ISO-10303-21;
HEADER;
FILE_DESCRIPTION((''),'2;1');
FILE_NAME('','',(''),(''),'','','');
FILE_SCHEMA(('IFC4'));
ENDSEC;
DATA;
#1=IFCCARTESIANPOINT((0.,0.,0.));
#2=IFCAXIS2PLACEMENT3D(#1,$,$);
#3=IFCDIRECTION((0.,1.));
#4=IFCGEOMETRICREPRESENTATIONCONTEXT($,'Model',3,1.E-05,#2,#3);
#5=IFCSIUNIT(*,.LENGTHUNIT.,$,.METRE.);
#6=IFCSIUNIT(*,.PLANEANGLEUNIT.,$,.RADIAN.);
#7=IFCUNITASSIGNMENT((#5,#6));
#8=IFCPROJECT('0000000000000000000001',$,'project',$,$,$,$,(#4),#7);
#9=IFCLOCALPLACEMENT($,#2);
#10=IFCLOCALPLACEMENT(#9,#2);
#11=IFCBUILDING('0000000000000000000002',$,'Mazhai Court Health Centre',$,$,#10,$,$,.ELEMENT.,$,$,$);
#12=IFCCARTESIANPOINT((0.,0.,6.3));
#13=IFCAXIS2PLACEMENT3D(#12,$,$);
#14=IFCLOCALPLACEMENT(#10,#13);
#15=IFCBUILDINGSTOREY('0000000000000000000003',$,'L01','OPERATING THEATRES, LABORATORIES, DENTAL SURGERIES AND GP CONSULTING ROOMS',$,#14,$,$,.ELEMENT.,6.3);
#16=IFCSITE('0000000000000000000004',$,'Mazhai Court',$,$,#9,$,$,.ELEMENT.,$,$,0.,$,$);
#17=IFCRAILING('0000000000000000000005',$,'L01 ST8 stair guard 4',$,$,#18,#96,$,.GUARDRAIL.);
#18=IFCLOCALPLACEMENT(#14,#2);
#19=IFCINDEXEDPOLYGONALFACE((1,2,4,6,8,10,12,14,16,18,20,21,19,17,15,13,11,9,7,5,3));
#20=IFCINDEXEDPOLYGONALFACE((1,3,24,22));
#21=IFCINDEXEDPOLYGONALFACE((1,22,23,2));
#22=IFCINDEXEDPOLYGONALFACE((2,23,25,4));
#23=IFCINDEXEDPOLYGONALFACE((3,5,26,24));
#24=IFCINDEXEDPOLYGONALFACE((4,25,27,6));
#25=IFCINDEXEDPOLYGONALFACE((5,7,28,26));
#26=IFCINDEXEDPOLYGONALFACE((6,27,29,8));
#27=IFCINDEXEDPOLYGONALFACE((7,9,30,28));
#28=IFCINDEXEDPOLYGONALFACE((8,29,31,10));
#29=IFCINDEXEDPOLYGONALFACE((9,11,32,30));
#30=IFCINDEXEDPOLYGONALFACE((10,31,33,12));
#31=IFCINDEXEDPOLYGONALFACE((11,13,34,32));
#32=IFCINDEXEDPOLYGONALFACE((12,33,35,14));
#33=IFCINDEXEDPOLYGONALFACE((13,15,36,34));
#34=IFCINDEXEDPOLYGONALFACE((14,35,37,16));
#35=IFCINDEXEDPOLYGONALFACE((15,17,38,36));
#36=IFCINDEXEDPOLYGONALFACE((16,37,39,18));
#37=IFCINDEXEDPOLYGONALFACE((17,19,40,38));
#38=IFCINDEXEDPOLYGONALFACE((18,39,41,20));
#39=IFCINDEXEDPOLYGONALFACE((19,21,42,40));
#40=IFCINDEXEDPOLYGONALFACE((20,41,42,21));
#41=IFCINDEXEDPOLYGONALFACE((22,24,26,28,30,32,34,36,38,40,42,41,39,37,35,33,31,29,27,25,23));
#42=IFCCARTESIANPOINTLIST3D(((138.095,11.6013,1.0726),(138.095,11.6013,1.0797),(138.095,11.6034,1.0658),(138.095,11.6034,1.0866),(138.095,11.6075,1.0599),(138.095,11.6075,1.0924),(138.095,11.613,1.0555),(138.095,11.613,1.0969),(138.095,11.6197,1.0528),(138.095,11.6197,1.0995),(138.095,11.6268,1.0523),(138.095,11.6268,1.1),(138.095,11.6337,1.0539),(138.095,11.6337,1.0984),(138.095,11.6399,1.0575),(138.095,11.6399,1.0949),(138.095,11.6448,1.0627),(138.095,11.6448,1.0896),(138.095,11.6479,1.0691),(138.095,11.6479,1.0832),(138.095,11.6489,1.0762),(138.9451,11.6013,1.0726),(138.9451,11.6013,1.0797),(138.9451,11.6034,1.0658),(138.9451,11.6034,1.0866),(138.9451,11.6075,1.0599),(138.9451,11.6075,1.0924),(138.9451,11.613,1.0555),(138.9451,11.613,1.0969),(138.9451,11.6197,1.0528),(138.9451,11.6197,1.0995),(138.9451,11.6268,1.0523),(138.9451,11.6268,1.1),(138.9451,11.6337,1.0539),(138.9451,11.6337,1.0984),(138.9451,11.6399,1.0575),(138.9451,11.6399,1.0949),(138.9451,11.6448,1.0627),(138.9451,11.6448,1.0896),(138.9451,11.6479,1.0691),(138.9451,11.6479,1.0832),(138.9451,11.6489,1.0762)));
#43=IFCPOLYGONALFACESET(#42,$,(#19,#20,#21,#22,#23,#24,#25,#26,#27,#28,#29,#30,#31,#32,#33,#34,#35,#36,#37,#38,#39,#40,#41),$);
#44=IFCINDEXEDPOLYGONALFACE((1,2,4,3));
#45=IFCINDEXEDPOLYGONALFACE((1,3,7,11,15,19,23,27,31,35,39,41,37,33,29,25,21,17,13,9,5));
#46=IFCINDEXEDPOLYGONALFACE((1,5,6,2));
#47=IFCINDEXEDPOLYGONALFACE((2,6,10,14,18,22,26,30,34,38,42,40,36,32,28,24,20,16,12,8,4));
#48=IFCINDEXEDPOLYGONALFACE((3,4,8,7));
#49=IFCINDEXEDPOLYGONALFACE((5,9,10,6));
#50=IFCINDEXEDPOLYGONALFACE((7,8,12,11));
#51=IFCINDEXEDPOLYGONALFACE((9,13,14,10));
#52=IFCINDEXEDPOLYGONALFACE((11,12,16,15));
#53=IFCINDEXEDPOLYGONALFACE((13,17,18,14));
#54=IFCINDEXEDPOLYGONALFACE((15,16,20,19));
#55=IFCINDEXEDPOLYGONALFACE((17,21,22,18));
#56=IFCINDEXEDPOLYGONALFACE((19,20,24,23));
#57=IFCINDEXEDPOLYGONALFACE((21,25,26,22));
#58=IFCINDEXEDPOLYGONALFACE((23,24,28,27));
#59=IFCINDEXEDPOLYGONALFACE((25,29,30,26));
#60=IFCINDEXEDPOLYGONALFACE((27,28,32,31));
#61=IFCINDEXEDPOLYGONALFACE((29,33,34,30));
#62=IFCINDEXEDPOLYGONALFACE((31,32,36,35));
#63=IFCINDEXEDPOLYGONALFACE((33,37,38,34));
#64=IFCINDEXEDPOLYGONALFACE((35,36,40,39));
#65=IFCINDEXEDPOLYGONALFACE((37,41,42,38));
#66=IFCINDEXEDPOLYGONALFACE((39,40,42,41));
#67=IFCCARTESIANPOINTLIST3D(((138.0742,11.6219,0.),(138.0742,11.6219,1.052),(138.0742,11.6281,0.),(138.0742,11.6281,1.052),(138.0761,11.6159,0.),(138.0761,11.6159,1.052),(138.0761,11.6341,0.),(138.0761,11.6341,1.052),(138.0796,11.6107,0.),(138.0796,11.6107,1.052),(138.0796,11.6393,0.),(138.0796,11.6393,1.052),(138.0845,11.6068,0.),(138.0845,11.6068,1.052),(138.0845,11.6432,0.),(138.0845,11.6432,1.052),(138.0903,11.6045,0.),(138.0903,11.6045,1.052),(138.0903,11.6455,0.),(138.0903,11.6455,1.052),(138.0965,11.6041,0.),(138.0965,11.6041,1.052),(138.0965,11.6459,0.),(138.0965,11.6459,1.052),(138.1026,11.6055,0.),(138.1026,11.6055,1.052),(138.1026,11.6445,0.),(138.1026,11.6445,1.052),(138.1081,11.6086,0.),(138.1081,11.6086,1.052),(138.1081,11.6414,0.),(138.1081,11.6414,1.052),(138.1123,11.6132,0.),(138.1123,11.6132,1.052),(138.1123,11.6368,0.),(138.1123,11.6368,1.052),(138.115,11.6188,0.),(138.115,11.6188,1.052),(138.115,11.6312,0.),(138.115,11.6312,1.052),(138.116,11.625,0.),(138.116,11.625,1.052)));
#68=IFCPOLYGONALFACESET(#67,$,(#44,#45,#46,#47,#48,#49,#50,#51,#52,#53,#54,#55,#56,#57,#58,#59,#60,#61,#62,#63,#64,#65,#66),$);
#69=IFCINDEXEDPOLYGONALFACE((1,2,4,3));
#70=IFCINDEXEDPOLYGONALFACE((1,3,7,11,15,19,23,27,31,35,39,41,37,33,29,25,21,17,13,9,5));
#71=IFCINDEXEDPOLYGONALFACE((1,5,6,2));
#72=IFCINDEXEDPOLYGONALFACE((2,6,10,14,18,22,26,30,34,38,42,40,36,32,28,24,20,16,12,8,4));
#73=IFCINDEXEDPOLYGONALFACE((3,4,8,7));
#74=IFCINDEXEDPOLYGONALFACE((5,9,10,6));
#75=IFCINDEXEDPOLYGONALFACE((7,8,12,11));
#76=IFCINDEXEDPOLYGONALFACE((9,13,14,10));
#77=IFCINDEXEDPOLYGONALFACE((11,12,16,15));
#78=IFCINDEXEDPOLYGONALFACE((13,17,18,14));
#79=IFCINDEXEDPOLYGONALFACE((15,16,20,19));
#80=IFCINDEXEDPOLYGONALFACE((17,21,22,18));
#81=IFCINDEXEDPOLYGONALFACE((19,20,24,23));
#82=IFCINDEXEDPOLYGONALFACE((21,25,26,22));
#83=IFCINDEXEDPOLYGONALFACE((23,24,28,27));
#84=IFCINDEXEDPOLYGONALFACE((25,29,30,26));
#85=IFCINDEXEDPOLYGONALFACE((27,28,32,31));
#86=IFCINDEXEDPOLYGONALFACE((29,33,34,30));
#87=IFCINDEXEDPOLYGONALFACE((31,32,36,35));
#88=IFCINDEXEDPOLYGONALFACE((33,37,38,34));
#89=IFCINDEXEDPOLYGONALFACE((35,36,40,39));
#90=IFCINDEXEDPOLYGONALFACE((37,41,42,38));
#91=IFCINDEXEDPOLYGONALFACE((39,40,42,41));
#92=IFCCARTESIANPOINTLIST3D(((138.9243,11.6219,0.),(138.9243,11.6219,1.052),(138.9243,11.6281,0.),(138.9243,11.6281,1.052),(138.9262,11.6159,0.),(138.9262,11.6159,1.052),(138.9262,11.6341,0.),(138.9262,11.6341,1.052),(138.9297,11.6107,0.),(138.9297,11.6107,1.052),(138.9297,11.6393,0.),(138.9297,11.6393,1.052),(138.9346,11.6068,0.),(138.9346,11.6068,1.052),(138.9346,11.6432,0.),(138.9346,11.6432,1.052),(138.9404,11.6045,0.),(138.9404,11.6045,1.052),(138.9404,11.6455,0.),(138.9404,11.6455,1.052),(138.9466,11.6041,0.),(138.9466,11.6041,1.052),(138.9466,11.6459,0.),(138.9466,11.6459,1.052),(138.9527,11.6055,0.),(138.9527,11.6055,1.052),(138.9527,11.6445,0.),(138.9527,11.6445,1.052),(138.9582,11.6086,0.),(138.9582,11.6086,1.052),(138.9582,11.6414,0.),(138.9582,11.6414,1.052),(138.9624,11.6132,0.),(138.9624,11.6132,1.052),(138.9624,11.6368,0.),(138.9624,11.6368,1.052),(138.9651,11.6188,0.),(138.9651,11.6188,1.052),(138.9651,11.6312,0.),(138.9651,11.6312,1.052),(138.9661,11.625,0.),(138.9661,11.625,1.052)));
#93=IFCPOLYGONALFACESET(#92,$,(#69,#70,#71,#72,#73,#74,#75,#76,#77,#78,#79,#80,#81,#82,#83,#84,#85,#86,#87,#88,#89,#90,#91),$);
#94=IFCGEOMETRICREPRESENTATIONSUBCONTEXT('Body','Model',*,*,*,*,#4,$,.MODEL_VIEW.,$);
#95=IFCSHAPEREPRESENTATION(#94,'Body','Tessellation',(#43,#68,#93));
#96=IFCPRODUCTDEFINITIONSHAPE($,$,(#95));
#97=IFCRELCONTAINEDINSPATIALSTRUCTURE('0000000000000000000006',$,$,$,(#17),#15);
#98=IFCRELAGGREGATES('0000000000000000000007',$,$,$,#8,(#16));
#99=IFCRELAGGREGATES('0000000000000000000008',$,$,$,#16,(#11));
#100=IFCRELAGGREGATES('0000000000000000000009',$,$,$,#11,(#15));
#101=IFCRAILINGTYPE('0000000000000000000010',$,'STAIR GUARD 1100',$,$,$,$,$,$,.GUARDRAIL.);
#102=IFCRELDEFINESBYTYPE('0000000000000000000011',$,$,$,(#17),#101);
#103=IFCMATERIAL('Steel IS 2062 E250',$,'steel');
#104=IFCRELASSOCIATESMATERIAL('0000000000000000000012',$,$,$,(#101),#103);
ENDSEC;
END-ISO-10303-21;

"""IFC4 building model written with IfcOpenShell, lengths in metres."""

from ifc_helpers import new_model, si_unit, direction, frame, origin, origin_2d, place, context, subcontext, project, spatial, circle, extrude, material, type_object, element, save


model = new_model("IFC4")

# Units and contexts
model_context = context("Model", 3, precision=1e-05, world=origin(), true_north=direction((0.0, 1.0)))
body_context = subcontext(model_context, "Body", "Model", "MODEL_VIEW")
ifc_project = project(units=[si_unit("LENGTHUNIT", "METRE"), si_unit("PLANEANGLEUNIT", "RADIAN")], contexts=[model_context])

# Site, building, storey
site_placement = place(None, origin())
site = spatial("IfcSite", under=ifc_project, at=site_placement, Name="Mazhai Court", CompositionType="ELEMENT", RefElevation=0.0)
building_placement = place(site_placement, origin())
building = spatial("IfcBuilding", under=site, at=building_placement, Name="Mazhai Court Health Centre", CompositionType="ELEMENT")
storey_placement = place(building_placement, frame((0.0, 0.0, 6.3)))
storey = spatial("IfcBuildingStorey", under=building, at=storey_placement, Name="L01", Description="OPERATING THEATRES, LABORATORIES, DENTAL SURGERIES AND GP CONSULTING ROOMS", CompositionType="ELEMENT", Elevation=6.3)

# Railing
ifc_material_1 = material(Name="Steel IS 2062 E250", Category="steel")
railing_type_1 = type_object("IfcRailingType", Name="STAIR GUARD 1100", PredefinedType="GUARDRAIL", material=ifc_material_1)
railing_1_placement = place(storey_placement, frame((138.095, 11.625, 0.0)))
element("IfcRailing", 1, at=railing_1_placement, inside=storey, type_object=railing_type_1, Name="L01 ST8 stair guard 4", PredefinedType="GUARDRAIL", context=body_context, shape_type="SweptSolid", body=[
    extrude(circle(Radius=0.0239, at=origin_2d()), frame((0.0, 0.0, 1.0762), z_axis=(1.0, 0.0, 0.0), x_axis=(0.0, 1.0, 0.0)), (0.0, 0.0, 1.0), 0.8501),
    extrude(circle(Radius=0.021, at=origin_2d()), origin(), (0.0, 0.0, 1.0), 1.052),
    extrude(circle(Radius=0.021, at=origin_2d()), frame((0.8501, 0.0, 0.0)), (0.0, 0.0, 1.0), 1.052),
])

save(model, "model.ifc")
